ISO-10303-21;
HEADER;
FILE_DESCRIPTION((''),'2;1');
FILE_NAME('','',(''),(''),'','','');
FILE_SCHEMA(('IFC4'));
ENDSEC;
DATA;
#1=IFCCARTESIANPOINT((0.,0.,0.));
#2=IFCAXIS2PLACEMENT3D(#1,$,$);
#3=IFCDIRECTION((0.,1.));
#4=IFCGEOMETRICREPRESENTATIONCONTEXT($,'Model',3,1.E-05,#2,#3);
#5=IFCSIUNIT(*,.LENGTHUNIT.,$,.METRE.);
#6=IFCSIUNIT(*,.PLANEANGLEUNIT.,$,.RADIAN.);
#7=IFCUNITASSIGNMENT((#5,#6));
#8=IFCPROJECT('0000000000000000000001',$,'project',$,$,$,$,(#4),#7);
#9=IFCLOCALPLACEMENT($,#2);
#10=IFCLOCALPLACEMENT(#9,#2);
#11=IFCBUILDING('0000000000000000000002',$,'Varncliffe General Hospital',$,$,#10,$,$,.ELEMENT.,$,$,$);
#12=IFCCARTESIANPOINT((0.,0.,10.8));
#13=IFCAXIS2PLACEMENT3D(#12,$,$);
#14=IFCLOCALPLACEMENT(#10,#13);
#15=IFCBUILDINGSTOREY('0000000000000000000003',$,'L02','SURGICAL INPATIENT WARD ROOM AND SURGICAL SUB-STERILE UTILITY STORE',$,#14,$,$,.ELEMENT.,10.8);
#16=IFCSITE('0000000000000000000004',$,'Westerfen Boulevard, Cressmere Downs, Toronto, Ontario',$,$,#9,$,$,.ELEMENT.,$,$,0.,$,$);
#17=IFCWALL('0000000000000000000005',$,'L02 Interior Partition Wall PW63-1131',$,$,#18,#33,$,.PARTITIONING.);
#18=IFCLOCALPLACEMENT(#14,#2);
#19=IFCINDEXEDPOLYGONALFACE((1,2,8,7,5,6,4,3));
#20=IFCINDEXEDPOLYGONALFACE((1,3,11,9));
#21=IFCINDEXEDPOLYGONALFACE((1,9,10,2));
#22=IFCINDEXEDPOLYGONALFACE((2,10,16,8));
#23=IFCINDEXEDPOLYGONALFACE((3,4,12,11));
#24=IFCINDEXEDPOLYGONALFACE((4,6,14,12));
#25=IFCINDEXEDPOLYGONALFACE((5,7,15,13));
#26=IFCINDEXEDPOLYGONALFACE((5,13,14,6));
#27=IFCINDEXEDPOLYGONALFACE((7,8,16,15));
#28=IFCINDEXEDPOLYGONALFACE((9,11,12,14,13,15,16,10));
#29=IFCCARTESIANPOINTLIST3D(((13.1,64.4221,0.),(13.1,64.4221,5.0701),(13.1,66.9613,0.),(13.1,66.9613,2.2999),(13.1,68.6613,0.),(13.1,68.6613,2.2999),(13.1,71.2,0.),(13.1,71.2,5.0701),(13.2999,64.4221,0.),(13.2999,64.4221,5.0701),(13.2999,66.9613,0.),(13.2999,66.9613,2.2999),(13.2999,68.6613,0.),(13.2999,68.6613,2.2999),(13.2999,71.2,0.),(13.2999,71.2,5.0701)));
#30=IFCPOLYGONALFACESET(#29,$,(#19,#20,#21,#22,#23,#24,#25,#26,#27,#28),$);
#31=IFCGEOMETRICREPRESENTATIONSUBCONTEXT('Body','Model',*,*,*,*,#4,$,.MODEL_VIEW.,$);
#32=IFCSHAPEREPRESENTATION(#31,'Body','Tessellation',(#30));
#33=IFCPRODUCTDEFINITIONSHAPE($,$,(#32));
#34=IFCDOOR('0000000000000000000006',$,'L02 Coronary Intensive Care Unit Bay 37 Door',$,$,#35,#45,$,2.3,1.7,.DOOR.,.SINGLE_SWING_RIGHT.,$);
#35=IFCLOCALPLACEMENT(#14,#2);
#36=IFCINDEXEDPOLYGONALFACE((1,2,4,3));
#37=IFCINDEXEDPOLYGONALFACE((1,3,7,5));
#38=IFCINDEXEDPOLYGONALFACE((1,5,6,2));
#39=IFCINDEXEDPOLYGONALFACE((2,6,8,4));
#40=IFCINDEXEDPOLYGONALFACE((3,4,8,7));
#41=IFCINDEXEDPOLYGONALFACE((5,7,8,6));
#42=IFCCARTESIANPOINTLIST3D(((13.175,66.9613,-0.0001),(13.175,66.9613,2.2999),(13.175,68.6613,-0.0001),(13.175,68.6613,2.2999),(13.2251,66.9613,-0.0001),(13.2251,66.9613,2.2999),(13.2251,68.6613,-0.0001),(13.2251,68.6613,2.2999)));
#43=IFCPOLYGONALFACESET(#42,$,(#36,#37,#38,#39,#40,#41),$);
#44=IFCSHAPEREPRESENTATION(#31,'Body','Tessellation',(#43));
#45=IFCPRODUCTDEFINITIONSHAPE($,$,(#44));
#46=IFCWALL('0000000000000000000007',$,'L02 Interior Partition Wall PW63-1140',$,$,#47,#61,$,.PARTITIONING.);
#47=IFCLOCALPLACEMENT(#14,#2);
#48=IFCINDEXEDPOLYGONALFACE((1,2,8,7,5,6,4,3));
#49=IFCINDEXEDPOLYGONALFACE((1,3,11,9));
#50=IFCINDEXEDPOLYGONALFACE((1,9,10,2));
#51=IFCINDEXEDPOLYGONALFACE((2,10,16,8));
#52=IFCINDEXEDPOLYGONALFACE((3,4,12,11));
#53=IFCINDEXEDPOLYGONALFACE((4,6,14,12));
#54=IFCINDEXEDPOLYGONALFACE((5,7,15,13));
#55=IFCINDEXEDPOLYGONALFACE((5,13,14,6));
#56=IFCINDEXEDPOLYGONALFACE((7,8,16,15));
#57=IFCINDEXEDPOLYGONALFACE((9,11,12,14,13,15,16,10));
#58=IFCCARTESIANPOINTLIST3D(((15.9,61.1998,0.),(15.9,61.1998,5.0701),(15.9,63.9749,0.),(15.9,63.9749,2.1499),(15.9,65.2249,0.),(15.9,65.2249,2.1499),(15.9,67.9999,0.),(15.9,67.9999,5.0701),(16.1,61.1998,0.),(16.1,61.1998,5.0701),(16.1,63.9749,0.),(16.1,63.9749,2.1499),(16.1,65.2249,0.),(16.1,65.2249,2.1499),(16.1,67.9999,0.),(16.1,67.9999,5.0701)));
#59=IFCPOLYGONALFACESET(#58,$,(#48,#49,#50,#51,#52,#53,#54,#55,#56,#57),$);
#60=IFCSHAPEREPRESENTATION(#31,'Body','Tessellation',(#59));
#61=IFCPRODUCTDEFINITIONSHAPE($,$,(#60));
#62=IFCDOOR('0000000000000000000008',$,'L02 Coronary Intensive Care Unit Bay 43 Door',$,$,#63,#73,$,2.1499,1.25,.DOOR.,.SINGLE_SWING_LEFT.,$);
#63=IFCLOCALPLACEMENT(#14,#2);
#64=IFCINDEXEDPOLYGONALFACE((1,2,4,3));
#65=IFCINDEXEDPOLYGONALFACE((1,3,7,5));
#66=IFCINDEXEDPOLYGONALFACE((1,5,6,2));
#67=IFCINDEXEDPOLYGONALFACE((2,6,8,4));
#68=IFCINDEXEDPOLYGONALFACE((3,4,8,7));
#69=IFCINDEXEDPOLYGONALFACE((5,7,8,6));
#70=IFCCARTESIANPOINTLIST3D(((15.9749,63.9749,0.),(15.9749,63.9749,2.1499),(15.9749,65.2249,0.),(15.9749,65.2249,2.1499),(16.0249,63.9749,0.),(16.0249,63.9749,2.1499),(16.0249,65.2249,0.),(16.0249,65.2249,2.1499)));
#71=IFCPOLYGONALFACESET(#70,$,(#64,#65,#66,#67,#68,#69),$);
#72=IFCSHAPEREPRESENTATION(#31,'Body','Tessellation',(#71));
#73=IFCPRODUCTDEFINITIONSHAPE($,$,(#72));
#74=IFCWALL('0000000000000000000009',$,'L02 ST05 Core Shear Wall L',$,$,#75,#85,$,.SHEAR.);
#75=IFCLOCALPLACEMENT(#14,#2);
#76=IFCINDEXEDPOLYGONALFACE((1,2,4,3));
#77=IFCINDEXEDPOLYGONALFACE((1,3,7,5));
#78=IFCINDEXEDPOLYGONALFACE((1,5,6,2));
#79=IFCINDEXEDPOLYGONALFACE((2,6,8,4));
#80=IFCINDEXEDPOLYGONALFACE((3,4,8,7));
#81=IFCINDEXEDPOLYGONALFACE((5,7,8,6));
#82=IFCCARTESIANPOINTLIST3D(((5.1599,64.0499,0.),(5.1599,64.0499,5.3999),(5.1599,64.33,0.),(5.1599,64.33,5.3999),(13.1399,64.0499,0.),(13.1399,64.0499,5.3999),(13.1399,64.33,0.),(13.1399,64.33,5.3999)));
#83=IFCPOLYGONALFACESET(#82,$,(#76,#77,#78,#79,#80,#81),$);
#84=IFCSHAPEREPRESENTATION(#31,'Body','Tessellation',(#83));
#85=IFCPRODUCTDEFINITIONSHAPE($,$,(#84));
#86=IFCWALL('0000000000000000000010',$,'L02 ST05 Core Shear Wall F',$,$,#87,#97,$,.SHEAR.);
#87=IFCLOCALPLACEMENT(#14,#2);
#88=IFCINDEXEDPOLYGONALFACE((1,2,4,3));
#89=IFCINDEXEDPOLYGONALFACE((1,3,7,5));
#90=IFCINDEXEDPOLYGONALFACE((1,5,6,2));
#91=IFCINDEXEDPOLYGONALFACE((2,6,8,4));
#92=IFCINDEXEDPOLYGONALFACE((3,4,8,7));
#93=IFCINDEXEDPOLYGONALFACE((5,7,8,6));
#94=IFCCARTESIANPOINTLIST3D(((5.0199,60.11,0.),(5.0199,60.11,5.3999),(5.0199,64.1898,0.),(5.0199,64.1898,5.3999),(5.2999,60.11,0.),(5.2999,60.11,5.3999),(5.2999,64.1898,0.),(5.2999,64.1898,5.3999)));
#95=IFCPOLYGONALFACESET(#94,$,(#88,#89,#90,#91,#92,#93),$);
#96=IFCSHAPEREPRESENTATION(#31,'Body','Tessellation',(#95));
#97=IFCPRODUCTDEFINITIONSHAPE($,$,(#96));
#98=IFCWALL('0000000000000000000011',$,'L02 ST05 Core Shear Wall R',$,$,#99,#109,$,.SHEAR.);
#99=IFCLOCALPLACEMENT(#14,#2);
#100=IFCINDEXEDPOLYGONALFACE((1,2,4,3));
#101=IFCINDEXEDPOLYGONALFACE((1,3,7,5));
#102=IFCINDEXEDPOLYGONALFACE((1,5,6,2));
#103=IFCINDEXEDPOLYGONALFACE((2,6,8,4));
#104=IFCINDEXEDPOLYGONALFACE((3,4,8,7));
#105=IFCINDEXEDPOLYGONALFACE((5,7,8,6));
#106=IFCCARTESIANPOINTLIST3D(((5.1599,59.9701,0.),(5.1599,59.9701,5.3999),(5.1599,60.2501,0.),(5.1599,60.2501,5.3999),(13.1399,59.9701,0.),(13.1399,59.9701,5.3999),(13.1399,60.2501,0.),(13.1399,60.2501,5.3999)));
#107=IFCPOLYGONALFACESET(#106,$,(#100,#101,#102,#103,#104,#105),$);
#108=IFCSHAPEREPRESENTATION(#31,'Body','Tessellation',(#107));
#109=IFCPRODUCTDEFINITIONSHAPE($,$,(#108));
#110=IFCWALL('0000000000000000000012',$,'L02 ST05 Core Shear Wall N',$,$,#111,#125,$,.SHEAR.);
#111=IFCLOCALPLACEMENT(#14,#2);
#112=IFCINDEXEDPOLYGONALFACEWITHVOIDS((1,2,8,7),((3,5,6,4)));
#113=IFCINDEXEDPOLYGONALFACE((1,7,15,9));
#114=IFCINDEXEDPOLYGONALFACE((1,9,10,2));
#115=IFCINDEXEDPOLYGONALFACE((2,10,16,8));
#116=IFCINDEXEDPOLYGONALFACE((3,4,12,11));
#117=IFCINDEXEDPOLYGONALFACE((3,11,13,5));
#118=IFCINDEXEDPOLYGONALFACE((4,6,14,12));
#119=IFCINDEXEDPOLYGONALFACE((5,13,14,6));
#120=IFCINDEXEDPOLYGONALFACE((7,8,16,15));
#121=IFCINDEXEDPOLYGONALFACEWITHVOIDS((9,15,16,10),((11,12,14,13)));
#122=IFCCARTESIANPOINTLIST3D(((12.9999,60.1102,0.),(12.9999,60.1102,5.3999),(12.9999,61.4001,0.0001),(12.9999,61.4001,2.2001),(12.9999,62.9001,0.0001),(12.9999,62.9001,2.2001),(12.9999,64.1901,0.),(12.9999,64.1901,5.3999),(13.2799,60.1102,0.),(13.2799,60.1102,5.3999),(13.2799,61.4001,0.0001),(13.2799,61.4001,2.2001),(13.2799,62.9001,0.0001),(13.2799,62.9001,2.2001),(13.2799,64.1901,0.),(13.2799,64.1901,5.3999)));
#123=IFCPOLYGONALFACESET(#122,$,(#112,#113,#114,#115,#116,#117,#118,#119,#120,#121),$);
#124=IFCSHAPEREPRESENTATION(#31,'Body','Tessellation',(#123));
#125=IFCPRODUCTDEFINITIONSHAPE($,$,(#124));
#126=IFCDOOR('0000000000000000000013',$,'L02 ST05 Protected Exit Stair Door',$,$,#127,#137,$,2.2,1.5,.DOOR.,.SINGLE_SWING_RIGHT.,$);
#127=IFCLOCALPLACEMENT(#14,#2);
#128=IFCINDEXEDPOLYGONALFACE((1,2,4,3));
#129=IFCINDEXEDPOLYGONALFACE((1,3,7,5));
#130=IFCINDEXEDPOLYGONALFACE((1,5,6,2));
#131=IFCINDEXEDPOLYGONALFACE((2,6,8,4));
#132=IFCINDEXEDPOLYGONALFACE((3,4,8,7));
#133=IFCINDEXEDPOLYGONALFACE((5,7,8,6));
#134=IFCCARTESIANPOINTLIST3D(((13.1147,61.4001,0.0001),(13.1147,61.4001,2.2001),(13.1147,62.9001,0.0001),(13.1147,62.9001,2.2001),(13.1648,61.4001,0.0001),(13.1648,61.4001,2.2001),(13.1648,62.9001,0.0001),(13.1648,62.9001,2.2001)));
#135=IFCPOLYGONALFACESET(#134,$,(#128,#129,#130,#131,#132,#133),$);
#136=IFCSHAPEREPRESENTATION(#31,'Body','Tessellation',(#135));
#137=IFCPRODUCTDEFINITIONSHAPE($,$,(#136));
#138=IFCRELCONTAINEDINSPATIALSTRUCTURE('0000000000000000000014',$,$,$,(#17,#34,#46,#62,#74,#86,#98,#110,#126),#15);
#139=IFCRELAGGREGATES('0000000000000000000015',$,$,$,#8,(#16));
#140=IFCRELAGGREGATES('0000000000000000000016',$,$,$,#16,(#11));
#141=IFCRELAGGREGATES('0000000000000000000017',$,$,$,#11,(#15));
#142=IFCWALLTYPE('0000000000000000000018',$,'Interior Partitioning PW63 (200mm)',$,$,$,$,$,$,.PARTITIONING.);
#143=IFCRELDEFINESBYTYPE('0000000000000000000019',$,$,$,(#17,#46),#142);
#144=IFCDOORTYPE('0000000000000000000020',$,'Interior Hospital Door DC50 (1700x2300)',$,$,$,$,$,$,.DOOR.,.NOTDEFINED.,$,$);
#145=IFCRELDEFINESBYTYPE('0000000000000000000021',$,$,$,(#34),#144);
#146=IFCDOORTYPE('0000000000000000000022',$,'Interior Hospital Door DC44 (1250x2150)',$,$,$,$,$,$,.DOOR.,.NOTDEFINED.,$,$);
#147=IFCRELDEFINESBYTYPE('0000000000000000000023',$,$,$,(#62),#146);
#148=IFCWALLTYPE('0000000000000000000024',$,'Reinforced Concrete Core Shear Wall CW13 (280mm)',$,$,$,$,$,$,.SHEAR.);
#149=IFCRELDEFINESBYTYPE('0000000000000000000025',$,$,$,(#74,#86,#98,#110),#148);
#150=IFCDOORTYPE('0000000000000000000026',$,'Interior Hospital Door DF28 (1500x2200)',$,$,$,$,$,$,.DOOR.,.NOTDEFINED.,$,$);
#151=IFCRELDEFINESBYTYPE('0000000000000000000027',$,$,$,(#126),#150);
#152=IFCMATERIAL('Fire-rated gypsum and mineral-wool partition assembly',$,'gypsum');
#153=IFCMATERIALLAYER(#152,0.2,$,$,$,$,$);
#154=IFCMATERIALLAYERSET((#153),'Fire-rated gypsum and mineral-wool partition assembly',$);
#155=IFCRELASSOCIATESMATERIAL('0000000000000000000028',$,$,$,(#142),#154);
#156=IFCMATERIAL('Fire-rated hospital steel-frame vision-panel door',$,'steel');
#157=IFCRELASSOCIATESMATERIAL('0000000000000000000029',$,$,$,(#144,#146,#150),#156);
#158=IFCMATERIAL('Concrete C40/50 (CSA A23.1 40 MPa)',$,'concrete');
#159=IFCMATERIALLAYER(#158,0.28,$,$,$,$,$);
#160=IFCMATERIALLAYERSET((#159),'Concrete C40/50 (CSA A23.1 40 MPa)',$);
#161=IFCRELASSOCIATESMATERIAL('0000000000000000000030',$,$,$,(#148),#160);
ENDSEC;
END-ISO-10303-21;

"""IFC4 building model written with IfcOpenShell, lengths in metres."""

from ifc_helpers import new_model, si_unit, direction, frame, frame_2d, origin, place, context, subcontext, project, spatial, rectangle, extrude, material, layer, layer_set, type_object, element, fill, save


model = new_model("IFC4")

# Units and contexts
model_context = context("Model", 3, precision=1e-05, world=origin(), true_north=direction((0.0, 1.0)))
body_context = subcontext(model_context, "Body", "Model", "MODEL_VIEW")
ifc_project = project(units=[si_unit("LENGTHUNIT", "METRE"), si_unit("PLANEANGLEUNIT", "RADIAN")], contexts=[model_context])

# Site, building, storey
site_placement = place(None, origin())
site = spatial("IfcSite", under=ifc_project, at=site_placement, Name="Westerfen Boulevard, Cressmere Downs, Toronto, Ontario", CompositionType="ELEMENT", RefElevation=0.0)
building_placement = place(site_placement, origin())
building = spatial("IfcBuilding", under=site, at=building_placement, Name="Varncliffe General Hospital", CompositionType="ELEMENT")
storey_placement = place(building_placement, frame((0.0, 0.0, 10.8)))
storey = spatial("IfcBuildingStorey", under=building, at=storey_placement, Name="L02", Description="SURGICAL INPATIENT WARD ROOM AND SURGICAL SUB-STERILE UTILITY STORE", CompositionType="ELEMENT", Elevation=10.8)

# Shared definitions
ifc_material_1 = material(Name="Concrete C40/50 (CSA A23.1 40 MPa)", Category="concrete")

# Walls, openings, doors
ifc_material_2 = material(Name="Fire-rated gypsum and mineral-wool partition assembly", Category="gypsum")
ifc_layer_1 = layer(ifc_material_2, 0.2)
ifc_layer_set_1 = layer_set([ifc_layer_1], Name="Fire-rated gypsum and mineral-wool partition assembly")
wall_type_1 = type_object("IfcWallType", Name="Interior Partitioning PW63 (200mm)", PredefinedType="PARTITIONING", material=ifc_layer_set_1)
wall_1_placement = place(storey_placement, frame((13.2, 64.4221, 0.0), z_axis=(0.0, 0.0, 1.0), x_axis=(0.0, 1.0, 0.0)))
wall_1 = element("IfcWall", 1, at=wall_1_placement, inside=storey, type_object=wall_type_1, Name="L02 Interior Partition Wall PW63-1131", PredefinedType="PARTITIONING", context=body_context, shape_type="SweptSolid", body=[
    extrude(rectangle(XDim=6.7778, YDim=0.2, at=frame_2d((3.3889, 0.0))), origin(), (0.0, 0.0, 1.0), 5.0701),
])
opening_1_placement = place(wall_1_placement, frame((2.5391, 0.0, 0.0)))
opening_1 = element("IfcOpeningElement", 2, at=opening_1_placement, cuts=wall_1, PredefinedType="OPENING", context=body_context, shape_type="SweptSolid", body=[
    extrude(rectangle(XDim=1.7, YDim=2.3, at=frame_2d((0.8501, 1.1499))), frame((0.0, 0.1099, 0.0), z_axis=(0.0, -1.0, 0.0), x_axis=(1.0, 0.0, 0.0)), (0.0, 0.0, 1.0), 0.22),
])
ifc_material_3 = material(Name="Fire-rated hospital steel-frame vision-panel door", Category="steel")
door_type_1 = type_object("IfcDoorType", Name="Interior Hospital Door DC50 (1700x2300)", OperationType="NOTDEFINED", PredefinedType="DOOR", material=ifc_material_3)
door_1_placement = place(opening_1_placement, origin())
door_1 = element("IfcDoor", 3, at=door_1_placement, inside=storey, type_object=door_type_1, Name="L02 Coronary Intensive Care Unit Bay 37 Door", OperationType="SINGLE_SWING_RIGHT", OverallHeight=2.3, OverallWidth=1.7, PredefinedType="DOOR", context=body_context, shape_type="SweptSolid", body=[
    extrude(rectangle(XDim=1.7, YDim=2.3, at=frame_2d((0.8501, 1.1499))), frame((0.0, 0.0249, 0.0), z_axis=(0.0, -1.0, 0.0), x_axis=(1.0, 0.0, 0.0)), (0.0, 0.0, 1.0), 0.05),
])
fill(opening_1, door_1)
wall_2_placement = place(storey_placement, frame((16.0, 61.2, 0.0), z_axis=(0.0, 0.0, 1.0), x_axis=(0.0, 1.0, 0.0)))
wall_2 = element("IfcWall", 4, at=wall_2_placement, inside=storey, type_object=wall_type_1, Name="L02 Interior Partition Wall PW63-1140", PredefinedType="PARTITIONING", context=body_context, shape_type="SweptSolid", body=[
    extrude(rectangle(XDim=6.8, YDim=0.2, at=frame_2d((3.3999, 0.0))), origin(), (0.0, 0.0, 1.0), 5.0701),
])
opening_2_placement = place(wall_2_placement, frame((2.7749, 0.0, 0.0)))
opening_2 = element("IfcOpeningElement", 5, at=opening_2_placement, cuts=wall_2, PredefinedType="OPENING", context=body_context, shape_type="SweptSolid", body=[
    extrude(rectangle(XDim=1.25, YDim=2.1499, at=frame_2d((0.625, 1.075))), frame((0.0, 0.1099, 0.0), z_axis=(0.0, -1.0, 0.0), x_axis=(1.0, 0.0, 0.0)), (0.0, 0.0, 1.0), 0.22),
])
door_type_2 = type_object("IfcDoorType", Name="Interior Hospital Door DC44 (1250x2150)", OperationType="NOTDEFINED", PredefinedType="DOOR", material=ifc_material_3)
door_2_placement = place(opening_2_placement, frame((1.25, 0.0, 0.0), z_axis=(0.0, 0.0, 1.0), x_axis=(-1.0, 0.0, 0.0)))
door_2 = element("IfcDoor", 6, at=door_2_placement, inside=storey, type_object=door_type_2, Name="L02 Coronary Intensive Care Unit Bay 43 Door", OperationType="SINGLE_SWING_LEFT", OverallHeight=2.1499, OverallWidth=1.25, PredefinedType="DOOR", context=body_context, shape_type="SweptSolid", body=[
    extrude(rectangle(XDim=1.25, YDim=2.1499, at=frame_2d((0.625, 1.075))), frame((0.0, 0.0249, 0.0), z_axis=(0.0, -1.0, 0.0), x_axis=(1.0, 0.0, 0.0)), (0.0, 0.0, 1.0), 0.05),
])
fill(opening_2, door_2)

# Walls
ifc_layer_2 = layer(ifc_material_1, 0.28)
ifc_layer_set_2 = layer_set([ifc_layer_2], Name="Concrete C40/50 (CSA A23.1 40 MPa)")
wall_type_2 = type_object("IfcWallType", Name="Reinforced Concrete Core Shear Wall CW13 (280mm)", PredefinedType="SHEAR", material=ifc_layer_set_2)
wall_3_placement = place(storey_placement, frame((13.1399, 64.1899, 0.0), z_axis=(0.0, 0.0, 1.0), x_axis=(-1.0, 0.0, 0.0)))
element("IfcWall", 7, at=wall_3_placement, inside=storey, type_object=wall_type_2, Name="L02 ST05 Core Shear Wall L", PredefinedType="SHEAR", context=body_context, shape_type="SweptSolid", body=[
    extrude(rectangle(XDim=7.98, YDim=0.28, at=frame_2d((3.99, 0.0))), origin(), (0.0, 0.0, 1.0), 5.3999),
])
wall_4_placement = place(storey_placement, frame((5.1599, 64.1899, 0.0), z_axis=(0.0, 0.0, 1.0), x_axis=(0.0, -1.0, 0.0)))
element("IfcWall", 8, at=wall_4_placement, inside=storey, type_object=wall_type_2, Name="L02 ST05 Core Shear Wall F", PredefinedType="SHEAR", context=body_context, shape_type="SweptSolid", body=[
    extrude(rectangle(XDim=4.0798, YDim=0.28, at=frame_2d((2.04, 0.0))), origin(), (0.0, 0.0, 1.0), 5.3999),
])
wall_5_placement = place(storey_placement, frame((5.1599, 60.1101, 0.0), z_axis=(0.0, 0.0, 1.0), x_axis=(1.0, 0.0, 0.0)))
element("IfcWall", 9, at=wall_5_placement, inside=storey, type_object=wall_type_2, Name="L02 ST05 Core Shear Wall R", PredefinedType="SHEAR", context=body_context, shape_type="SweptSolid", body=[
    extrude(rectangle(XDim=7.98, YDim=0.28, at=frame_2d((3.99, 0.0))), origin(), (0.0, 0.0, 1.0), 5.3999),
])

# Wall, opening, door
wall_6_placement = place(storey_placement, frame((13.1399, 60.1101, 0.0), z_axis=(0.0, 0.0, 1.0), x_axis=(0.0, 1.0, 0.0)))
wall_6 = element("IfcWall", 10, at=wall_6_placement, inside=storey, type_object=wall_type_2, Name="L02 ST05 Core Shear Wall N", PredefinedType="SHEAR", context=body_context, shape_type="SweptSolid", body=[
    extrude(rectangle(XDim=4.0798, YDim=0.28, at=frame_2d((2.04, 0.0))), origin(), (0.0, 0.0, 1.0), 5.3999),
])
opening_3_placement = place(wall_6_placement, frame((1.29, 0.0, 0.0)))
opening_3 = element("IfcOpeningElement", 11, at=opening_3_placement, cuts=wall_6, PredefinedType="OPENING", context=body_context, shape_type="SweptSolid", body=[
    extrude(rectangle(XDim=1.5, YDim=2.2, at=frame_2d((0.75, 1.1001))), frame((0.0, 0.1499, 0.0), z_axis=(0.0, -1.0, 0.0), x_axis=(1.0, 0.0, 0.0)), (0.0, 0.0, 1.0), 0.3),
])
door_type_3 = type_object("IfcDoorType", Name="Interior Hospital Door DF28 (1500x2200)", OperationType="NOTDEFINED", PredefinedType="DOOR", material=ifc_material_3)
door_3_placement = place(opening_3_placement, frame((1.5, 0.0, 0.0), z_axis=(0.0, 0.0, 1.0), x_axis=(-1.0, 0.0, 0.0)))
door_3 = element("IfcDoor", 12, at=door_3_placement, inside=storey, type_object=door_type_3, Name="L02 ST05 Protected Exit Stair Door", OperationType="SINGLE_SWING_RIGHT", OverallHeight=2.2, OverallWidth=1.5, PredefinedType="DOOR", context=body_context, shape_type="SweptSolid", body=[
    extrude(rectangle(XDim=1.5, YDim=2.2, at=frame_2d((0.75, 1.1001))), frame((0.0, 0.0249, 0.0), z_axis=(0.0, -1.0, 0.0), x_axis=(1.0, 0.0, 0.0)), (0.0, 0.0, 1.0), 0.05),
])
fill(opening_3, door_3)

save(model, "model.ifc")
